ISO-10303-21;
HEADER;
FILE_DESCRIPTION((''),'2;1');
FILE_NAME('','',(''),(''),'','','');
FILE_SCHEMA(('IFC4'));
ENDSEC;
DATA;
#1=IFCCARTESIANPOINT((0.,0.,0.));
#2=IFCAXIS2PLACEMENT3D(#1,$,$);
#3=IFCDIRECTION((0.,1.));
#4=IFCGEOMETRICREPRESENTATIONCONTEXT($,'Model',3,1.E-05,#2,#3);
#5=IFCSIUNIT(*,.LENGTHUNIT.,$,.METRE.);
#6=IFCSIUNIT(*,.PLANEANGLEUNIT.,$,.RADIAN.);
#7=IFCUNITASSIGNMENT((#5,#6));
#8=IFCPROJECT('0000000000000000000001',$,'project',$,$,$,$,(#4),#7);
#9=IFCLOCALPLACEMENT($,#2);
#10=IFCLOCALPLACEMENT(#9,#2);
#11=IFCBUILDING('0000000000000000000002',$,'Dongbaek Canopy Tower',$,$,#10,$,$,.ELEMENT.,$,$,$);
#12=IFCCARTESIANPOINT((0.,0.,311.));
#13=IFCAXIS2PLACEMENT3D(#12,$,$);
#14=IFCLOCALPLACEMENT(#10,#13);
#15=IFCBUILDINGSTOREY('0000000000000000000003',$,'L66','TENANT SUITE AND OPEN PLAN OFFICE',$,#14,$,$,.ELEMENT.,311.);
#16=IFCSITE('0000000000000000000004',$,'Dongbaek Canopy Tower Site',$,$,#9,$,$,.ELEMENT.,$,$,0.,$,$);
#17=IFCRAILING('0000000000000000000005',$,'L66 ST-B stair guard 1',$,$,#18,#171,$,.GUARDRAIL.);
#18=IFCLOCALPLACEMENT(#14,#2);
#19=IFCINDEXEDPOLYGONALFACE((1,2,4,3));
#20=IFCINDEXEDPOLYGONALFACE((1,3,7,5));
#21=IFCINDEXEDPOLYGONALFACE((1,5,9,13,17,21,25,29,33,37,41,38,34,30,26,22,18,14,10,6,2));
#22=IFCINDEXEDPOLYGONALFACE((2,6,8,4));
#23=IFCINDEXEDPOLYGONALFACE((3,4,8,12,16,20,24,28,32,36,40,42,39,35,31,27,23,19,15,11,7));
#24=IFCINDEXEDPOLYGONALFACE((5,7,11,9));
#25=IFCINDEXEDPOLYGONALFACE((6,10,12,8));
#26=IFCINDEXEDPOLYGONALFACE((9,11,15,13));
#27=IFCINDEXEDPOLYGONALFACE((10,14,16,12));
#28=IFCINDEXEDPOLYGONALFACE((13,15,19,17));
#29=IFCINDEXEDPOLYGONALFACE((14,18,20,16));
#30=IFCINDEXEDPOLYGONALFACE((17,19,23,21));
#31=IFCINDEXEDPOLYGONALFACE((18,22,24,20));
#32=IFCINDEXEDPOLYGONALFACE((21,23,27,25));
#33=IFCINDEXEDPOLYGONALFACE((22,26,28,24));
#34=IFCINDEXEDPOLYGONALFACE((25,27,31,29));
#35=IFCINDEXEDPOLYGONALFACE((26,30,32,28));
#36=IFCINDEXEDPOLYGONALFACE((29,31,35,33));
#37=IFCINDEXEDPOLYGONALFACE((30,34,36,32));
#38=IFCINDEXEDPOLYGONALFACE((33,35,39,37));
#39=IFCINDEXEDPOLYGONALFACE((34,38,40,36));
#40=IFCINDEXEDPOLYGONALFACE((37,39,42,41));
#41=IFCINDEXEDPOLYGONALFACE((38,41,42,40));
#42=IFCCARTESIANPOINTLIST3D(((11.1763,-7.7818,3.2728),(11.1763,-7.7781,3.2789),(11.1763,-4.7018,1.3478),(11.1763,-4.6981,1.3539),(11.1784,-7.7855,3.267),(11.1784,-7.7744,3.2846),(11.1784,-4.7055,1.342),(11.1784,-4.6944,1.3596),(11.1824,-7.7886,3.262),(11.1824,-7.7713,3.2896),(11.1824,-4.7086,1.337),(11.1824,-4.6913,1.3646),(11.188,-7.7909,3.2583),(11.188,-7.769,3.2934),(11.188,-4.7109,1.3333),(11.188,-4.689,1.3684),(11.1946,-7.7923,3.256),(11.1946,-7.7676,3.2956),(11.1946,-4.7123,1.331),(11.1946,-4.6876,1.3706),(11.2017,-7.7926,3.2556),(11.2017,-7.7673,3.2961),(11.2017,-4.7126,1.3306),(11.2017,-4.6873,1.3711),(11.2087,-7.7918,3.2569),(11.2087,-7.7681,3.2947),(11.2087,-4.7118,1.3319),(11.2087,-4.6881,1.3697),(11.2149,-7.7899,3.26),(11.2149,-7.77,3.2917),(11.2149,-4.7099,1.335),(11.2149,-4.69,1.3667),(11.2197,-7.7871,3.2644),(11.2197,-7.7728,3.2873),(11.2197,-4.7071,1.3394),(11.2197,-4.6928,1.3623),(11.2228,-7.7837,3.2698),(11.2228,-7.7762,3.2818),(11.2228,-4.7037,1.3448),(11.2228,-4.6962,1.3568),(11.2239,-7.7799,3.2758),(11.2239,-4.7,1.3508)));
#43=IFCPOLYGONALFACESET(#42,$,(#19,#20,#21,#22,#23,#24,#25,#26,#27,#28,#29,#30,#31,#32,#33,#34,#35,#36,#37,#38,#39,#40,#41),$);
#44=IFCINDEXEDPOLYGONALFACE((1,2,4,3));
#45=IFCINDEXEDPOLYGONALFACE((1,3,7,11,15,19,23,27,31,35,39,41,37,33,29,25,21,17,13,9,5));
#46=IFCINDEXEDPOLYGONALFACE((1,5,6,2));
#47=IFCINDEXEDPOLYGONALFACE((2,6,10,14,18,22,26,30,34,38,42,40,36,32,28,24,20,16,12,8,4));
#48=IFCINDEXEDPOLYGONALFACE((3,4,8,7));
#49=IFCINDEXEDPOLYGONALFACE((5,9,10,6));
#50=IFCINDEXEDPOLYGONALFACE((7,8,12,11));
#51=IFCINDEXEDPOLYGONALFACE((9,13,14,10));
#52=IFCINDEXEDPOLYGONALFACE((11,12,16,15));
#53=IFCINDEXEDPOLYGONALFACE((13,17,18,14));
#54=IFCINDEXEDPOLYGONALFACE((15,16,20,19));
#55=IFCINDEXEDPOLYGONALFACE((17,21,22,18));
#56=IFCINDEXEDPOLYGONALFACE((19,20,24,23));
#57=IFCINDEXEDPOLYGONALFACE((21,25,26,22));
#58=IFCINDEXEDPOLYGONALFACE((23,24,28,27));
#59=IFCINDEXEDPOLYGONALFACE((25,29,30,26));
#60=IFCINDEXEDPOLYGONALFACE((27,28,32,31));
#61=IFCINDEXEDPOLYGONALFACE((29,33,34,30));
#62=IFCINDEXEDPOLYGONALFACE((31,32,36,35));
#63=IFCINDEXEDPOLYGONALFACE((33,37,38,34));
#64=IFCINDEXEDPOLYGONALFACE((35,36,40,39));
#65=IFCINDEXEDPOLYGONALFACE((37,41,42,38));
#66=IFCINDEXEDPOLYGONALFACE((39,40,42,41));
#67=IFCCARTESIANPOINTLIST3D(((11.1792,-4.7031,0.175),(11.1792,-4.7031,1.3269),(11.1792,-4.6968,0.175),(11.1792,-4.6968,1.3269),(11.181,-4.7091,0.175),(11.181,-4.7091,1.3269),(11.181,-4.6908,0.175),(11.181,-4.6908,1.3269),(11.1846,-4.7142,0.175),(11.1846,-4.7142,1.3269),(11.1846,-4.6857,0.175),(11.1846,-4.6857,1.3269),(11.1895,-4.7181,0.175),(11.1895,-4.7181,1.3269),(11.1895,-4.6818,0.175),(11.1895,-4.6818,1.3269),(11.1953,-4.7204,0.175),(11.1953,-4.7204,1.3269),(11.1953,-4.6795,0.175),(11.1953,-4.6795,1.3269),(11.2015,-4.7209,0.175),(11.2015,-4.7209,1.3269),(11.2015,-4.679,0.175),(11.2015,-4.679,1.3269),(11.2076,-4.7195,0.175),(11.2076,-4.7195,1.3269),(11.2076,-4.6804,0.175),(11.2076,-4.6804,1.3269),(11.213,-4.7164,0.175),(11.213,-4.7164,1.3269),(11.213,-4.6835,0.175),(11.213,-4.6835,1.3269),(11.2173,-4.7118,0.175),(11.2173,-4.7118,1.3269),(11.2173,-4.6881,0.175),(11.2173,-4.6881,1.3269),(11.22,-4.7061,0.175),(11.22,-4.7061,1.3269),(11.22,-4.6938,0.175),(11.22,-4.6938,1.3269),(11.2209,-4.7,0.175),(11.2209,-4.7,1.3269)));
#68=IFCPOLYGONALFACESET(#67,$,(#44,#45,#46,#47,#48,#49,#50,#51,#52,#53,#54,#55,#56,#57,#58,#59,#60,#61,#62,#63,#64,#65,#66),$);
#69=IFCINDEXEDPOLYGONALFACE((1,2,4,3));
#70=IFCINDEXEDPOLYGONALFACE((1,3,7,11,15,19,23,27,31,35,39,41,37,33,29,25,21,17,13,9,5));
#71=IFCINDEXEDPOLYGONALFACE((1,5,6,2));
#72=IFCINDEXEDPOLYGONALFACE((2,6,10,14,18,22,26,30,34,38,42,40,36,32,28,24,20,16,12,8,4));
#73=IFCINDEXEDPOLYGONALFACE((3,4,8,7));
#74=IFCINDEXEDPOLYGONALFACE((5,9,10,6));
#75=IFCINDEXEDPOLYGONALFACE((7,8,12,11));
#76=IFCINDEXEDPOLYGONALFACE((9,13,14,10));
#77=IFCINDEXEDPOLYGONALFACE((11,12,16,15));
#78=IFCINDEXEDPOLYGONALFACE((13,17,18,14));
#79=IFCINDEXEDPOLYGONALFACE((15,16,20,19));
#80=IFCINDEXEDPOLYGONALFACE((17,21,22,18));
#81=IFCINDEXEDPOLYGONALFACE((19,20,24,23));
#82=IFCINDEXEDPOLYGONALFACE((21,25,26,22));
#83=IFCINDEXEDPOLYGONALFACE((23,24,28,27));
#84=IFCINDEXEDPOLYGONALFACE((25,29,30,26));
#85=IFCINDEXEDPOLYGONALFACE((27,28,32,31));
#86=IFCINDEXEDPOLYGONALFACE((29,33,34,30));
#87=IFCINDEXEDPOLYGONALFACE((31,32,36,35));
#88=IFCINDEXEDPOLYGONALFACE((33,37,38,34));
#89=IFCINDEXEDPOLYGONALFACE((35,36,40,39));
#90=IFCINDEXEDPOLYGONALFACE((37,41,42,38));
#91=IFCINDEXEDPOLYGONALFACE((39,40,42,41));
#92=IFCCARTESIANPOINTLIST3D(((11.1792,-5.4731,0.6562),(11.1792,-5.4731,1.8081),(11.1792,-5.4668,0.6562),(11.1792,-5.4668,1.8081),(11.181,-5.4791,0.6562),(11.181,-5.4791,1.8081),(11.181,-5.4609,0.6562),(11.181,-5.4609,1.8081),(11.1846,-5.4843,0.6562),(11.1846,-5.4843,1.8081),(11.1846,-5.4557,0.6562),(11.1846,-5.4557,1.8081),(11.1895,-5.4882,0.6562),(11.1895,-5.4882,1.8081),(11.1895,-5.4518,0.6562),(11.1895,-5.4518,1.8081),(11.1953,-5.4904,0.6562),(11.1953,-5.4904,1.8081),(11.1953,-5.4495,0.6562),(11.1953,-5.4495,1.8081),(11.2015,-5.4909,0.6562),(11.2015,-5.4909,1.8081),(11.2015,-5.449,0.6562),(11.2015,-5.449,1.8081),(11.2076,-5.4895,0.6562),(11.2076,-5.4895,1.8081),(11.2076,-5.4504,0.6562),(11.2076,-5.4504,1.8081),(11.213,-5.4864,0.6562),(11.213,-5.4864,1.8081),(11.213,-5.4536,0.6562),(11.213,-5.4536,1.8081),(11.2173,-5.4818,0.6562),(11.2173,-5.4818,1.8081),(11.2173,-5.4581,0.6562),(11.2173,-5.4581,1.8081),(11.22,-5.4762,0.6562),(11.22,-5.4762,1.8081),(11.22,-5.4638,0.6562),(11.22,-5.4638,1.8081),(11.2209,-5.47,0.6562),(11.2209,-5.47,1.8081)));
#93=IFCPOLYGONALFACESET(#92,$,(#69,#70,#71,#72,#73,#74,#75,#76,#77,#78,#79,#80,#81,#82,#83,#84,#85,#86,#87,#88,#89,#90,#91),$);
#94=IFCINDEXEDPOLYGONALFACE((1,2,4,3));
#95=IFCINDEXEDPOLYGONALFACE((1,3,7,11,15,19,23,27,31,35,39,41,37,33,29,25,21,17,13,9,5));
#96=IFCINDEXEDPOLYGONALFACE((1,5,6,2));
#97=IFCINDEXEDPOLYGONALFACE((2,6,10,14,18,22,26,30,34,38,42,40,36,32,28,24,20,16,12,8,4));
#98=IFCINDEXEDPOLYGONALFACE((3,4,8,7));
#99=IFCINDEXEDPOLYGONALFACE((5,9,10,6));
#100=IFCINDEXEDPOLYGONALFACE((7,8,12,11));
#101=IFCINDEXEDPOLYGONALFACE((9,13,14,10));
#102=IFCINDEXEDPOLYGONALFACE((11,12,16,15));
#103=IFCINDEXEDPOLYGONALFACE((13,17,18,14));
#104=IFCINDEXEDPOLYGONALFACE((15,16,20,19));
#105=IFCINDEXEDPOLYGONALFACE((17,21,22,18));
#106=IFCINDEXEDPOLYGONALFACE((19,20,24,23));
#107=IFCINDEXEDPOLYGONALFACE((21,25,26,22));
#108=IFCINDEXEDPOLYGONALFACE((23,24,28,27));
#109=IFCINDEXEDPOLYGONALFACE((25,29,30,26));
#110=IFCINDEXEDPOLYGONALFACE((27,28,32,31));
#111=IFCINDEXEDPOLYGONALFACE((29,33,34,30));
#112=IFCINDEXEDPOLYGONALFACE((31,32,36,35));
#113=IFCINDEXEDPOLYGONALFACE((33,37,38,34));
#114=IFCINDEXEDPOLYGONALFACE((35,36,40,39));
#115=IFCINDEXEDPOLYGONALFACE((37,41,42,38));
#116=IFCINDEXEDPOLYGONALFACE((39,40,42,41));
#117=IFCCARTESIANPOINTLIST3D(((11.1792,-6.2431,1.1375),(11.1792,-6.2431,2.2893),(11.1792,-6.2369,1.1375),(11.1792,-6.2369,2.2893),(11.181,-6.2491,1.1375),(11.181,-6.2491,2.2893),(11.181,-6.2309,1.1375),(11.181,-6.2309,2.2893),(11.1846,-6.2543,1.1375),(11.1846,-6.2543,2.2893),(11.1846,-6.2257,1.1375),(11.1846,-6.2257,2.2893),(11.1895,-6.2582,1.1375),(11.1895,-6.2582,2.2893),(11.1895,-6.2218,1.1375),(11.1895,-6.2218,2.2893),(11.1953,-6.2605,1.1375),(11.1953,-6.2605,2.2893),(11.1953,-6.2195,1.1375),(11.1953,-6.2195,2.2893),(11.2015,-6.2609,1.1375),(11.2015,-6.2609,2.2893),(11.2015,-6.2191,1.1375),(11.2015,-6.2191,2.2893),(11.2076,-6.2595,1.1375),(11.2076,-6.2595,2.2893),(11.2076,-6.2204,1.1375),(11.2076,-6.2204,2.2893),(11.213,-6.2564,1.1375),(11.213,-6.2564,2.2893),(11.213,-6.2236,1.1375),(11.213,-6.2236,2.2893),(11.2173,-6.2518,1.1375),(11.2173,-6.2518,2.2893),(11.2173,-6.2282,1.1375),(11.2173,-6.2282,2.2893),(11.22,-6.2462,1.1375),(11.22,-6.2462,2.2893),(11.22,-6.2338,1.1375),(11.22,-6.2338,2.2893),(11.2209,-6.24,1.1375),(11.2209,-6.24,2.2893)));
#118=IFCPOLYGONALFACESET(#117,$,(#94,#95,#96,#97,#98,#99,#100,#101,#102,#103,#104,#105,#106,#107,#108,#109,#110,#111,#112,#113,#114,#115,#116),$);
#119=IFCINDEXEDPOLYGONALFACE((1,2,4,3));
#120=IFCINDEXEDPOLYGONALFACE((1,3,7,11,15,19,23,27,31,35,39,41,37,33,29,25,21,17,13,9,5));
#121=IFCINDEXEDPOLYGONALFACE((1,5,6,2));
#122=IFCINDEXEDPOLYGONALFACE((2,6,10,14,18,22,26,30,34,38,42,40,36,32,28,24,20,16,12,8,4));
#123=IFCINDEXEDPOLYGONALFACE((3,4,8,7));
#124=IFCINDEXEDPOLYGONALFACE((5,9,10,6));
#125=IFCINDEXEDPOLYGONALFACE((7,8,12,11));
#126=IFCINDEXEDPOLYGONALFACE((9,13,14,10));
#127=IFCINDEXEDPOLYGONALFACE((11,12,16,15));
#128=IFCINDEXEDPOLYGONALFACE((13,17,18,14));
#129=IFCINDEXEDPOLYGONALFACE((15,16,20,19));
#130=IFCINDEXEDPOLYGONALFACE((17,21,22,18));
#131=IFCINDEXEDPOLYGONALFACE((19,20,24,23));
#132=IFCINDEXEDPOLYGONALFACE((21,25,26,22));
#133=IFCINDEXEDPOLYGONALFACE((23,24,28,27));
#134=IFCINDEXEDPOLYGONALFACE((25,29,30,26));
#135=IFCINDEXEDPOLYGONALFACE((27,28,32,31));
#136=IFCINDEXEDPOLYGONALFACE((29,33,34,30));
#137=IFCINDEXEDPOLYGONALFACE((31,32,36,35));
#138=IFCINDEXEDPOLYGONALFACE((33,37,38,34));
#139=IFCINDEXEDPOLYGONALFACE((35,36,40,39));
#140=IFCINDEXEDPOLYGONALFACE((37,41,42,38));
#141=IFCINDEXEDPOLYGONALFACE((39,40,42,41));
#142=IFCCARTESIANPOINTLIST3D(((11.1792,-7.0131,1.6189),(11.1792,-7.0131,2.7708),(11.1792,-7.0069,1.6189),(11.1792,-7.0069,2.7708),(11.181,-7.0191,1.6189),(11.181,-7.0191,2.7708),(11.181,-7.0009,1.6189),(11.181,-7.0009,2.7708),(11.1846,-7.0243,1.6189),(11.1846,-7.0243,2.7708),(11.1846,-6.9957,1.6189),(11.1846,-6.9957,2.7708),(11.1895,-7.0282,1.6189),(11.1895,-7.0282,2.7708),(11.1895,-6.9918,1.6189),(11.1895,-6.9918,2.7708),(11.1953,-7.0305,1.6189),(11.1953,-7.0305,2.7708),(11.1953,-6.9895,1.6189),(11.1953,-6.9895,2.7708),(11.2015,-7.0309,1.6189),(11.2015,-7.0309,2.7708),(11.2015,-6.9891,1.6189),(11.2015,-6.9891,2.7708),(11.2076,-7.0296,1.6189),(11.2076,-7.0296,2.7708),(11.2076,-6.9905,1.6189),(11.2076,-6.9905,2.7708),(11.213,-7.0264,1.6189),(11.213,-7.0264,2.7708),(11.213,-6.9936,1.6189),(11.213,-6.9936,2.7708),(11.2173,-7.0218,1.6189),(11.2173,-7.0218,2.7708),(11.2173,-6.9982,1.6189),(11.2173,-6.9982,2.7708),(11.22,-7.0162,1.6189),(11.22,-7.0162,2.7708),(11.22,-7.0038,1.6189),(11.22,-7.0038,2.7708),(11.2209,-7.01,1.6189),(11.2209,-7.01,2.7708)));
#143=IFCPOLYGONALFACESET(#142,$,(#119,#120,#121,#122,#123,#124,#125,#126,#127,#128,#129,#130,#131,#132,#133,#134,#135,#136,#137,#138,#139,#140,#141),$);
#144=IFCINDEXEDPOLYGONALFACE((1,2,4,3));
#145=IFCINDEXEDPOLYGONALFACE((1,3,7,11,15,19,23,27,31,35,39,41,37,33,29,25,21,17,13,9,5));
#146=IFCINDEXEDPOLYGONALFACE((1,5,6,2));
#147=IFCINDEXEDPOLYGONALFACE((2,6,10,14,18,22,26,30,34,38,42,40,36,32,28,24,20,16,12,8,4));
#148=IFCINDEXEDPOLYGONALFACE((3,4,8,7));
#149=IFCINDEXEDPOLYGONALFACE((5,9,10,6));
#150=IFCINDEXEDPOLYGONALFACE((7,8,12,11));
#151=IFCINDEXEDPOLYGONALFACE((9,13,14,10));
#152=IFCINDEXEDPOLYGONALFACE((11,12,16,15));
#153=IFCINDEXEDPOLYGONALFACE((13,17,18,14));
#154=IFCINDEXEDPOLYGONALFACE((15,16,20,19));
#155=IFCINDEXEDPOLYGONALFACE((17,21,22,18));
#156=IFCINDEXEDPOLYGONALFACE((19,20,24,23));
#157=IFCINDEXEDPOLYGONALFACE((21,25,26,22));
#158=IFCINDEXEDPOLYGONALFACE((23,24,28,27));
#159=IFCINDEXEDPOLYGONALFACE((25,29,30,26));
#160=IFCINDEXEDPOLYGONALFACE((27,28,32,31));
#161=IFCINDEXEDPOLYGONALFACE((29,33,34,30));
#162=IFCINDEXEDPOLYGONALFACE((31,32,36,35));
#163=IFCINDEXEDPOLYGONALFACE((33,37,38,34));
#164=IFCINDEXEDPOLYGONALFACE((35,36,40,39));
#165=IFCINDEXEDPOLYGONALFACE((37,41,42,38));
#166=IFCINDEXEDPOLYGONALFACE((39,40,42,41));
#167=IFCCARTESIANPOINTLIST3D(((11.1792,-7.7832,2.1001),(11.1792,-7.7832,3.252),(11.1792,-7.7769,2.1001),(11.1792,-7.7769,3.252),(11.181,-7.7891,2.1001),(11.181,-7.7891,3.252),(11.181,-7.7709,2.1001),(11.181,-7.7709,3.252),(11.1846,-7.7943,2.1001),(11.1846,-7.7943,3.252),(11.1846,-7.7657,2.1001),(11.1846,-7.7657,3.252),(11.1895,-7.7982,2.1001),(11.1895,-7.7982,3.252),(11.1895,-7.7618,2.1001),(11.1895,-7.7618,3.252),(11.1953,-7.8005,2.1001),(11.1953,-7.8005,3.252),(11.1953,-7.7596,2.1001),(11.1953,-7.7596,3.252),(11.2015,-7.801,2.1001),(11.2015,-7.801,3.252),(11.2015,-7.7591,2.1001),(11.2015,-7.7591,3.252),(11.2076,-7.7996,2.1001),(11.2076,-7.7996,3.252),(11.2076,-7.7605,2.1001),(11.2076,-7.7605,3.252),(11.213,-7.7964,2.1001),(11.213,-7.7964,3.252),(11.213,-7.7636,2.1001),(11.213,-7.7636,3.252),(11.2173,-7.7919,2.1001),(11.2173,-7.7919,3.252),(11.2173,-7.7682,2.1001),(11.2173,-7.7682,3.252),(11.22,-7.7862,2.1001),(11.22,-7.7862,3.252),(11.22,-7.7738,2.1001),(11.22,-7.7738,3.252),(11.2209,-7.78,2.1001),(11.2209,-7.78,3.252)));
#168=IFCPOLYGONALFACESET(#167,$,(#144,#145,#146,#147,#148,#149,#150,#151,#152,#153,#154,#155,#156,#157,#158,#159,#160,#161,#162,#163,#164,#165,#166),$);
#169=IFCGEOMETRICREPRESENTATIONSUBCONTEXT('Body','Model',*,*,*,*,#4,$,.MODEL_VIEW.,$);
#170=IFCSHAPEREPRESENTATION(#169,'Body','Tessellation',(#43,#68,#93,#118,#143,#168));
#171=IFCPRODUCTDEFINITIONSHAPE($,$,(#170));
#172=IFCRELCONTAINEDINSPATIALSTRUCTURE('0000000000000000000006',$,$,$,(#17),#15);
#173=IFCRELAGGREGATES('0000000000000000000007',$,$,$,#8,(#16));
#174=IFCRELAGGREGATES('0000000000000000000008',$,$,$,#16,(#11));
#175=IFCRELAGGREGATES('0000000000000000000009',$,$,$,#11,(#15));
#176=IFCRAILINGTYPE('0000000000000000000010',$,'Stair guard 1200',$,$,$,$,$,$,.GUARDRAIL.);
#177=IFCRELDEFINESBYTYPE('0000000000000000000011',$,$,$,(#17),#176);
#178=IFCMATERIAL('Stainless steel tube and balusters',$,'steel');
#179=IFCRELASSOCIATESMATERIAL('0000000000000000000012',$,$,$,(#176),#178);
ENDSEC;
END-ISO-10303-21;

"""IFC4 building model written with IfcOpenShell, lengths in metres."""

from ifc_helpers import new_model, si_unit, direction, frame, origin, origin_2d, place, context, subcontext, project, spatial, circle, extrude, material, type_object, element, save


model = new_model("IFC4")

# Units and contexts
model_context = context("Model", 3, precision=1e-05, world=origin(), true_north=direction((0.0, 1.0)))
body_context = subcontext(model_context, "Body", "Model", "MODEL_VIEW")
ifc_project = project(units=[si_unit("LENGTHUNIT", "METRE"), si_unit("PLANEANGLEUNIT", "RADIAN")], contexts=[model_context])

# Site, building, storey
site_placement = place(None, origin())
site = spatial("IfcSite", under=ifc_project, at=site_placement, Name="Dongbaek Canopy Tower Site", CompositionType="ELEMENT", RefElevation=0.0)
building_placement = place(site_placement, origin())
building = spatial("IfcBuilding", under=site, at=building_placement, Name="Dongbaek Canopy Tower", CompositionType="ELEMENT")
storey_placement = place(building_placement, frame((0.0, 0.0, 311.0)))
storey = spatial("IfcBuildingStorey", under=building, at=storey_placement, Name="L66", Description="TENANT SUITE AND OPEN PLAN OFFICE", CompositionType="ELEMENT", Elevation=311.0)

# Railing
ifc_material_1 = material(Name="Stainless steel tube and balusters", Category="steel")
railing_type_1 = type_object("IfcRailingType", Name="Stair guard 1200", PredefinedType="GUARDRAIL", material=ifc_material_1)
railing_1_placement = place(storey_placement, frame((11.2, -4.7, 0.175)))
element("IfcRailing", 1, at=railing_1_placement, inside=storey, type_object=railing_type_1, Name="L66 ST-B stair guard 1", PredefinedType="GUARDRAIL", context=body_context, shape_type="SweptSolid", body=[
    extrude(circle(Radius=0.0239, at=origin_2d()), frame((0.0, 0.0, 1.1758), z_axis=(0.0, -0.847998, 0.529999), x_axis=(1.0, 0.0, 0.0)), (0.0, 0.0, 1.0), 3.6321),
    extrude(circle(Radius=0.021, at=origin_2d()), origin(), (0.0, 0.0, 1.0), 1.1519),
    extrude(circle(Radius=0.021, at=origin_2d()), frame((0.0, -0.77, 0.4812)), (0.0, 0.0, 1.0), 1.1519),
    extrude(circle(Radius=0.021, at=origin_2d()), frame((0.0, -1.54, 0.9624)), (0.0, 0.0, 1.0), 1.1519),
    extrude(circle(Radius=0.021, at=origin_2d()), frame((0.0, -2.3101, 1.4438)), (0.0, 0.0, 1.0), 1.1519),
    extrude(circle(Radius=0.021, at=origin_2d()), frame((0.0, -3.0801, 1.925)), (0.0, 0.0, 1.0), 1.1519),
])

save(model, "model.ifc")
